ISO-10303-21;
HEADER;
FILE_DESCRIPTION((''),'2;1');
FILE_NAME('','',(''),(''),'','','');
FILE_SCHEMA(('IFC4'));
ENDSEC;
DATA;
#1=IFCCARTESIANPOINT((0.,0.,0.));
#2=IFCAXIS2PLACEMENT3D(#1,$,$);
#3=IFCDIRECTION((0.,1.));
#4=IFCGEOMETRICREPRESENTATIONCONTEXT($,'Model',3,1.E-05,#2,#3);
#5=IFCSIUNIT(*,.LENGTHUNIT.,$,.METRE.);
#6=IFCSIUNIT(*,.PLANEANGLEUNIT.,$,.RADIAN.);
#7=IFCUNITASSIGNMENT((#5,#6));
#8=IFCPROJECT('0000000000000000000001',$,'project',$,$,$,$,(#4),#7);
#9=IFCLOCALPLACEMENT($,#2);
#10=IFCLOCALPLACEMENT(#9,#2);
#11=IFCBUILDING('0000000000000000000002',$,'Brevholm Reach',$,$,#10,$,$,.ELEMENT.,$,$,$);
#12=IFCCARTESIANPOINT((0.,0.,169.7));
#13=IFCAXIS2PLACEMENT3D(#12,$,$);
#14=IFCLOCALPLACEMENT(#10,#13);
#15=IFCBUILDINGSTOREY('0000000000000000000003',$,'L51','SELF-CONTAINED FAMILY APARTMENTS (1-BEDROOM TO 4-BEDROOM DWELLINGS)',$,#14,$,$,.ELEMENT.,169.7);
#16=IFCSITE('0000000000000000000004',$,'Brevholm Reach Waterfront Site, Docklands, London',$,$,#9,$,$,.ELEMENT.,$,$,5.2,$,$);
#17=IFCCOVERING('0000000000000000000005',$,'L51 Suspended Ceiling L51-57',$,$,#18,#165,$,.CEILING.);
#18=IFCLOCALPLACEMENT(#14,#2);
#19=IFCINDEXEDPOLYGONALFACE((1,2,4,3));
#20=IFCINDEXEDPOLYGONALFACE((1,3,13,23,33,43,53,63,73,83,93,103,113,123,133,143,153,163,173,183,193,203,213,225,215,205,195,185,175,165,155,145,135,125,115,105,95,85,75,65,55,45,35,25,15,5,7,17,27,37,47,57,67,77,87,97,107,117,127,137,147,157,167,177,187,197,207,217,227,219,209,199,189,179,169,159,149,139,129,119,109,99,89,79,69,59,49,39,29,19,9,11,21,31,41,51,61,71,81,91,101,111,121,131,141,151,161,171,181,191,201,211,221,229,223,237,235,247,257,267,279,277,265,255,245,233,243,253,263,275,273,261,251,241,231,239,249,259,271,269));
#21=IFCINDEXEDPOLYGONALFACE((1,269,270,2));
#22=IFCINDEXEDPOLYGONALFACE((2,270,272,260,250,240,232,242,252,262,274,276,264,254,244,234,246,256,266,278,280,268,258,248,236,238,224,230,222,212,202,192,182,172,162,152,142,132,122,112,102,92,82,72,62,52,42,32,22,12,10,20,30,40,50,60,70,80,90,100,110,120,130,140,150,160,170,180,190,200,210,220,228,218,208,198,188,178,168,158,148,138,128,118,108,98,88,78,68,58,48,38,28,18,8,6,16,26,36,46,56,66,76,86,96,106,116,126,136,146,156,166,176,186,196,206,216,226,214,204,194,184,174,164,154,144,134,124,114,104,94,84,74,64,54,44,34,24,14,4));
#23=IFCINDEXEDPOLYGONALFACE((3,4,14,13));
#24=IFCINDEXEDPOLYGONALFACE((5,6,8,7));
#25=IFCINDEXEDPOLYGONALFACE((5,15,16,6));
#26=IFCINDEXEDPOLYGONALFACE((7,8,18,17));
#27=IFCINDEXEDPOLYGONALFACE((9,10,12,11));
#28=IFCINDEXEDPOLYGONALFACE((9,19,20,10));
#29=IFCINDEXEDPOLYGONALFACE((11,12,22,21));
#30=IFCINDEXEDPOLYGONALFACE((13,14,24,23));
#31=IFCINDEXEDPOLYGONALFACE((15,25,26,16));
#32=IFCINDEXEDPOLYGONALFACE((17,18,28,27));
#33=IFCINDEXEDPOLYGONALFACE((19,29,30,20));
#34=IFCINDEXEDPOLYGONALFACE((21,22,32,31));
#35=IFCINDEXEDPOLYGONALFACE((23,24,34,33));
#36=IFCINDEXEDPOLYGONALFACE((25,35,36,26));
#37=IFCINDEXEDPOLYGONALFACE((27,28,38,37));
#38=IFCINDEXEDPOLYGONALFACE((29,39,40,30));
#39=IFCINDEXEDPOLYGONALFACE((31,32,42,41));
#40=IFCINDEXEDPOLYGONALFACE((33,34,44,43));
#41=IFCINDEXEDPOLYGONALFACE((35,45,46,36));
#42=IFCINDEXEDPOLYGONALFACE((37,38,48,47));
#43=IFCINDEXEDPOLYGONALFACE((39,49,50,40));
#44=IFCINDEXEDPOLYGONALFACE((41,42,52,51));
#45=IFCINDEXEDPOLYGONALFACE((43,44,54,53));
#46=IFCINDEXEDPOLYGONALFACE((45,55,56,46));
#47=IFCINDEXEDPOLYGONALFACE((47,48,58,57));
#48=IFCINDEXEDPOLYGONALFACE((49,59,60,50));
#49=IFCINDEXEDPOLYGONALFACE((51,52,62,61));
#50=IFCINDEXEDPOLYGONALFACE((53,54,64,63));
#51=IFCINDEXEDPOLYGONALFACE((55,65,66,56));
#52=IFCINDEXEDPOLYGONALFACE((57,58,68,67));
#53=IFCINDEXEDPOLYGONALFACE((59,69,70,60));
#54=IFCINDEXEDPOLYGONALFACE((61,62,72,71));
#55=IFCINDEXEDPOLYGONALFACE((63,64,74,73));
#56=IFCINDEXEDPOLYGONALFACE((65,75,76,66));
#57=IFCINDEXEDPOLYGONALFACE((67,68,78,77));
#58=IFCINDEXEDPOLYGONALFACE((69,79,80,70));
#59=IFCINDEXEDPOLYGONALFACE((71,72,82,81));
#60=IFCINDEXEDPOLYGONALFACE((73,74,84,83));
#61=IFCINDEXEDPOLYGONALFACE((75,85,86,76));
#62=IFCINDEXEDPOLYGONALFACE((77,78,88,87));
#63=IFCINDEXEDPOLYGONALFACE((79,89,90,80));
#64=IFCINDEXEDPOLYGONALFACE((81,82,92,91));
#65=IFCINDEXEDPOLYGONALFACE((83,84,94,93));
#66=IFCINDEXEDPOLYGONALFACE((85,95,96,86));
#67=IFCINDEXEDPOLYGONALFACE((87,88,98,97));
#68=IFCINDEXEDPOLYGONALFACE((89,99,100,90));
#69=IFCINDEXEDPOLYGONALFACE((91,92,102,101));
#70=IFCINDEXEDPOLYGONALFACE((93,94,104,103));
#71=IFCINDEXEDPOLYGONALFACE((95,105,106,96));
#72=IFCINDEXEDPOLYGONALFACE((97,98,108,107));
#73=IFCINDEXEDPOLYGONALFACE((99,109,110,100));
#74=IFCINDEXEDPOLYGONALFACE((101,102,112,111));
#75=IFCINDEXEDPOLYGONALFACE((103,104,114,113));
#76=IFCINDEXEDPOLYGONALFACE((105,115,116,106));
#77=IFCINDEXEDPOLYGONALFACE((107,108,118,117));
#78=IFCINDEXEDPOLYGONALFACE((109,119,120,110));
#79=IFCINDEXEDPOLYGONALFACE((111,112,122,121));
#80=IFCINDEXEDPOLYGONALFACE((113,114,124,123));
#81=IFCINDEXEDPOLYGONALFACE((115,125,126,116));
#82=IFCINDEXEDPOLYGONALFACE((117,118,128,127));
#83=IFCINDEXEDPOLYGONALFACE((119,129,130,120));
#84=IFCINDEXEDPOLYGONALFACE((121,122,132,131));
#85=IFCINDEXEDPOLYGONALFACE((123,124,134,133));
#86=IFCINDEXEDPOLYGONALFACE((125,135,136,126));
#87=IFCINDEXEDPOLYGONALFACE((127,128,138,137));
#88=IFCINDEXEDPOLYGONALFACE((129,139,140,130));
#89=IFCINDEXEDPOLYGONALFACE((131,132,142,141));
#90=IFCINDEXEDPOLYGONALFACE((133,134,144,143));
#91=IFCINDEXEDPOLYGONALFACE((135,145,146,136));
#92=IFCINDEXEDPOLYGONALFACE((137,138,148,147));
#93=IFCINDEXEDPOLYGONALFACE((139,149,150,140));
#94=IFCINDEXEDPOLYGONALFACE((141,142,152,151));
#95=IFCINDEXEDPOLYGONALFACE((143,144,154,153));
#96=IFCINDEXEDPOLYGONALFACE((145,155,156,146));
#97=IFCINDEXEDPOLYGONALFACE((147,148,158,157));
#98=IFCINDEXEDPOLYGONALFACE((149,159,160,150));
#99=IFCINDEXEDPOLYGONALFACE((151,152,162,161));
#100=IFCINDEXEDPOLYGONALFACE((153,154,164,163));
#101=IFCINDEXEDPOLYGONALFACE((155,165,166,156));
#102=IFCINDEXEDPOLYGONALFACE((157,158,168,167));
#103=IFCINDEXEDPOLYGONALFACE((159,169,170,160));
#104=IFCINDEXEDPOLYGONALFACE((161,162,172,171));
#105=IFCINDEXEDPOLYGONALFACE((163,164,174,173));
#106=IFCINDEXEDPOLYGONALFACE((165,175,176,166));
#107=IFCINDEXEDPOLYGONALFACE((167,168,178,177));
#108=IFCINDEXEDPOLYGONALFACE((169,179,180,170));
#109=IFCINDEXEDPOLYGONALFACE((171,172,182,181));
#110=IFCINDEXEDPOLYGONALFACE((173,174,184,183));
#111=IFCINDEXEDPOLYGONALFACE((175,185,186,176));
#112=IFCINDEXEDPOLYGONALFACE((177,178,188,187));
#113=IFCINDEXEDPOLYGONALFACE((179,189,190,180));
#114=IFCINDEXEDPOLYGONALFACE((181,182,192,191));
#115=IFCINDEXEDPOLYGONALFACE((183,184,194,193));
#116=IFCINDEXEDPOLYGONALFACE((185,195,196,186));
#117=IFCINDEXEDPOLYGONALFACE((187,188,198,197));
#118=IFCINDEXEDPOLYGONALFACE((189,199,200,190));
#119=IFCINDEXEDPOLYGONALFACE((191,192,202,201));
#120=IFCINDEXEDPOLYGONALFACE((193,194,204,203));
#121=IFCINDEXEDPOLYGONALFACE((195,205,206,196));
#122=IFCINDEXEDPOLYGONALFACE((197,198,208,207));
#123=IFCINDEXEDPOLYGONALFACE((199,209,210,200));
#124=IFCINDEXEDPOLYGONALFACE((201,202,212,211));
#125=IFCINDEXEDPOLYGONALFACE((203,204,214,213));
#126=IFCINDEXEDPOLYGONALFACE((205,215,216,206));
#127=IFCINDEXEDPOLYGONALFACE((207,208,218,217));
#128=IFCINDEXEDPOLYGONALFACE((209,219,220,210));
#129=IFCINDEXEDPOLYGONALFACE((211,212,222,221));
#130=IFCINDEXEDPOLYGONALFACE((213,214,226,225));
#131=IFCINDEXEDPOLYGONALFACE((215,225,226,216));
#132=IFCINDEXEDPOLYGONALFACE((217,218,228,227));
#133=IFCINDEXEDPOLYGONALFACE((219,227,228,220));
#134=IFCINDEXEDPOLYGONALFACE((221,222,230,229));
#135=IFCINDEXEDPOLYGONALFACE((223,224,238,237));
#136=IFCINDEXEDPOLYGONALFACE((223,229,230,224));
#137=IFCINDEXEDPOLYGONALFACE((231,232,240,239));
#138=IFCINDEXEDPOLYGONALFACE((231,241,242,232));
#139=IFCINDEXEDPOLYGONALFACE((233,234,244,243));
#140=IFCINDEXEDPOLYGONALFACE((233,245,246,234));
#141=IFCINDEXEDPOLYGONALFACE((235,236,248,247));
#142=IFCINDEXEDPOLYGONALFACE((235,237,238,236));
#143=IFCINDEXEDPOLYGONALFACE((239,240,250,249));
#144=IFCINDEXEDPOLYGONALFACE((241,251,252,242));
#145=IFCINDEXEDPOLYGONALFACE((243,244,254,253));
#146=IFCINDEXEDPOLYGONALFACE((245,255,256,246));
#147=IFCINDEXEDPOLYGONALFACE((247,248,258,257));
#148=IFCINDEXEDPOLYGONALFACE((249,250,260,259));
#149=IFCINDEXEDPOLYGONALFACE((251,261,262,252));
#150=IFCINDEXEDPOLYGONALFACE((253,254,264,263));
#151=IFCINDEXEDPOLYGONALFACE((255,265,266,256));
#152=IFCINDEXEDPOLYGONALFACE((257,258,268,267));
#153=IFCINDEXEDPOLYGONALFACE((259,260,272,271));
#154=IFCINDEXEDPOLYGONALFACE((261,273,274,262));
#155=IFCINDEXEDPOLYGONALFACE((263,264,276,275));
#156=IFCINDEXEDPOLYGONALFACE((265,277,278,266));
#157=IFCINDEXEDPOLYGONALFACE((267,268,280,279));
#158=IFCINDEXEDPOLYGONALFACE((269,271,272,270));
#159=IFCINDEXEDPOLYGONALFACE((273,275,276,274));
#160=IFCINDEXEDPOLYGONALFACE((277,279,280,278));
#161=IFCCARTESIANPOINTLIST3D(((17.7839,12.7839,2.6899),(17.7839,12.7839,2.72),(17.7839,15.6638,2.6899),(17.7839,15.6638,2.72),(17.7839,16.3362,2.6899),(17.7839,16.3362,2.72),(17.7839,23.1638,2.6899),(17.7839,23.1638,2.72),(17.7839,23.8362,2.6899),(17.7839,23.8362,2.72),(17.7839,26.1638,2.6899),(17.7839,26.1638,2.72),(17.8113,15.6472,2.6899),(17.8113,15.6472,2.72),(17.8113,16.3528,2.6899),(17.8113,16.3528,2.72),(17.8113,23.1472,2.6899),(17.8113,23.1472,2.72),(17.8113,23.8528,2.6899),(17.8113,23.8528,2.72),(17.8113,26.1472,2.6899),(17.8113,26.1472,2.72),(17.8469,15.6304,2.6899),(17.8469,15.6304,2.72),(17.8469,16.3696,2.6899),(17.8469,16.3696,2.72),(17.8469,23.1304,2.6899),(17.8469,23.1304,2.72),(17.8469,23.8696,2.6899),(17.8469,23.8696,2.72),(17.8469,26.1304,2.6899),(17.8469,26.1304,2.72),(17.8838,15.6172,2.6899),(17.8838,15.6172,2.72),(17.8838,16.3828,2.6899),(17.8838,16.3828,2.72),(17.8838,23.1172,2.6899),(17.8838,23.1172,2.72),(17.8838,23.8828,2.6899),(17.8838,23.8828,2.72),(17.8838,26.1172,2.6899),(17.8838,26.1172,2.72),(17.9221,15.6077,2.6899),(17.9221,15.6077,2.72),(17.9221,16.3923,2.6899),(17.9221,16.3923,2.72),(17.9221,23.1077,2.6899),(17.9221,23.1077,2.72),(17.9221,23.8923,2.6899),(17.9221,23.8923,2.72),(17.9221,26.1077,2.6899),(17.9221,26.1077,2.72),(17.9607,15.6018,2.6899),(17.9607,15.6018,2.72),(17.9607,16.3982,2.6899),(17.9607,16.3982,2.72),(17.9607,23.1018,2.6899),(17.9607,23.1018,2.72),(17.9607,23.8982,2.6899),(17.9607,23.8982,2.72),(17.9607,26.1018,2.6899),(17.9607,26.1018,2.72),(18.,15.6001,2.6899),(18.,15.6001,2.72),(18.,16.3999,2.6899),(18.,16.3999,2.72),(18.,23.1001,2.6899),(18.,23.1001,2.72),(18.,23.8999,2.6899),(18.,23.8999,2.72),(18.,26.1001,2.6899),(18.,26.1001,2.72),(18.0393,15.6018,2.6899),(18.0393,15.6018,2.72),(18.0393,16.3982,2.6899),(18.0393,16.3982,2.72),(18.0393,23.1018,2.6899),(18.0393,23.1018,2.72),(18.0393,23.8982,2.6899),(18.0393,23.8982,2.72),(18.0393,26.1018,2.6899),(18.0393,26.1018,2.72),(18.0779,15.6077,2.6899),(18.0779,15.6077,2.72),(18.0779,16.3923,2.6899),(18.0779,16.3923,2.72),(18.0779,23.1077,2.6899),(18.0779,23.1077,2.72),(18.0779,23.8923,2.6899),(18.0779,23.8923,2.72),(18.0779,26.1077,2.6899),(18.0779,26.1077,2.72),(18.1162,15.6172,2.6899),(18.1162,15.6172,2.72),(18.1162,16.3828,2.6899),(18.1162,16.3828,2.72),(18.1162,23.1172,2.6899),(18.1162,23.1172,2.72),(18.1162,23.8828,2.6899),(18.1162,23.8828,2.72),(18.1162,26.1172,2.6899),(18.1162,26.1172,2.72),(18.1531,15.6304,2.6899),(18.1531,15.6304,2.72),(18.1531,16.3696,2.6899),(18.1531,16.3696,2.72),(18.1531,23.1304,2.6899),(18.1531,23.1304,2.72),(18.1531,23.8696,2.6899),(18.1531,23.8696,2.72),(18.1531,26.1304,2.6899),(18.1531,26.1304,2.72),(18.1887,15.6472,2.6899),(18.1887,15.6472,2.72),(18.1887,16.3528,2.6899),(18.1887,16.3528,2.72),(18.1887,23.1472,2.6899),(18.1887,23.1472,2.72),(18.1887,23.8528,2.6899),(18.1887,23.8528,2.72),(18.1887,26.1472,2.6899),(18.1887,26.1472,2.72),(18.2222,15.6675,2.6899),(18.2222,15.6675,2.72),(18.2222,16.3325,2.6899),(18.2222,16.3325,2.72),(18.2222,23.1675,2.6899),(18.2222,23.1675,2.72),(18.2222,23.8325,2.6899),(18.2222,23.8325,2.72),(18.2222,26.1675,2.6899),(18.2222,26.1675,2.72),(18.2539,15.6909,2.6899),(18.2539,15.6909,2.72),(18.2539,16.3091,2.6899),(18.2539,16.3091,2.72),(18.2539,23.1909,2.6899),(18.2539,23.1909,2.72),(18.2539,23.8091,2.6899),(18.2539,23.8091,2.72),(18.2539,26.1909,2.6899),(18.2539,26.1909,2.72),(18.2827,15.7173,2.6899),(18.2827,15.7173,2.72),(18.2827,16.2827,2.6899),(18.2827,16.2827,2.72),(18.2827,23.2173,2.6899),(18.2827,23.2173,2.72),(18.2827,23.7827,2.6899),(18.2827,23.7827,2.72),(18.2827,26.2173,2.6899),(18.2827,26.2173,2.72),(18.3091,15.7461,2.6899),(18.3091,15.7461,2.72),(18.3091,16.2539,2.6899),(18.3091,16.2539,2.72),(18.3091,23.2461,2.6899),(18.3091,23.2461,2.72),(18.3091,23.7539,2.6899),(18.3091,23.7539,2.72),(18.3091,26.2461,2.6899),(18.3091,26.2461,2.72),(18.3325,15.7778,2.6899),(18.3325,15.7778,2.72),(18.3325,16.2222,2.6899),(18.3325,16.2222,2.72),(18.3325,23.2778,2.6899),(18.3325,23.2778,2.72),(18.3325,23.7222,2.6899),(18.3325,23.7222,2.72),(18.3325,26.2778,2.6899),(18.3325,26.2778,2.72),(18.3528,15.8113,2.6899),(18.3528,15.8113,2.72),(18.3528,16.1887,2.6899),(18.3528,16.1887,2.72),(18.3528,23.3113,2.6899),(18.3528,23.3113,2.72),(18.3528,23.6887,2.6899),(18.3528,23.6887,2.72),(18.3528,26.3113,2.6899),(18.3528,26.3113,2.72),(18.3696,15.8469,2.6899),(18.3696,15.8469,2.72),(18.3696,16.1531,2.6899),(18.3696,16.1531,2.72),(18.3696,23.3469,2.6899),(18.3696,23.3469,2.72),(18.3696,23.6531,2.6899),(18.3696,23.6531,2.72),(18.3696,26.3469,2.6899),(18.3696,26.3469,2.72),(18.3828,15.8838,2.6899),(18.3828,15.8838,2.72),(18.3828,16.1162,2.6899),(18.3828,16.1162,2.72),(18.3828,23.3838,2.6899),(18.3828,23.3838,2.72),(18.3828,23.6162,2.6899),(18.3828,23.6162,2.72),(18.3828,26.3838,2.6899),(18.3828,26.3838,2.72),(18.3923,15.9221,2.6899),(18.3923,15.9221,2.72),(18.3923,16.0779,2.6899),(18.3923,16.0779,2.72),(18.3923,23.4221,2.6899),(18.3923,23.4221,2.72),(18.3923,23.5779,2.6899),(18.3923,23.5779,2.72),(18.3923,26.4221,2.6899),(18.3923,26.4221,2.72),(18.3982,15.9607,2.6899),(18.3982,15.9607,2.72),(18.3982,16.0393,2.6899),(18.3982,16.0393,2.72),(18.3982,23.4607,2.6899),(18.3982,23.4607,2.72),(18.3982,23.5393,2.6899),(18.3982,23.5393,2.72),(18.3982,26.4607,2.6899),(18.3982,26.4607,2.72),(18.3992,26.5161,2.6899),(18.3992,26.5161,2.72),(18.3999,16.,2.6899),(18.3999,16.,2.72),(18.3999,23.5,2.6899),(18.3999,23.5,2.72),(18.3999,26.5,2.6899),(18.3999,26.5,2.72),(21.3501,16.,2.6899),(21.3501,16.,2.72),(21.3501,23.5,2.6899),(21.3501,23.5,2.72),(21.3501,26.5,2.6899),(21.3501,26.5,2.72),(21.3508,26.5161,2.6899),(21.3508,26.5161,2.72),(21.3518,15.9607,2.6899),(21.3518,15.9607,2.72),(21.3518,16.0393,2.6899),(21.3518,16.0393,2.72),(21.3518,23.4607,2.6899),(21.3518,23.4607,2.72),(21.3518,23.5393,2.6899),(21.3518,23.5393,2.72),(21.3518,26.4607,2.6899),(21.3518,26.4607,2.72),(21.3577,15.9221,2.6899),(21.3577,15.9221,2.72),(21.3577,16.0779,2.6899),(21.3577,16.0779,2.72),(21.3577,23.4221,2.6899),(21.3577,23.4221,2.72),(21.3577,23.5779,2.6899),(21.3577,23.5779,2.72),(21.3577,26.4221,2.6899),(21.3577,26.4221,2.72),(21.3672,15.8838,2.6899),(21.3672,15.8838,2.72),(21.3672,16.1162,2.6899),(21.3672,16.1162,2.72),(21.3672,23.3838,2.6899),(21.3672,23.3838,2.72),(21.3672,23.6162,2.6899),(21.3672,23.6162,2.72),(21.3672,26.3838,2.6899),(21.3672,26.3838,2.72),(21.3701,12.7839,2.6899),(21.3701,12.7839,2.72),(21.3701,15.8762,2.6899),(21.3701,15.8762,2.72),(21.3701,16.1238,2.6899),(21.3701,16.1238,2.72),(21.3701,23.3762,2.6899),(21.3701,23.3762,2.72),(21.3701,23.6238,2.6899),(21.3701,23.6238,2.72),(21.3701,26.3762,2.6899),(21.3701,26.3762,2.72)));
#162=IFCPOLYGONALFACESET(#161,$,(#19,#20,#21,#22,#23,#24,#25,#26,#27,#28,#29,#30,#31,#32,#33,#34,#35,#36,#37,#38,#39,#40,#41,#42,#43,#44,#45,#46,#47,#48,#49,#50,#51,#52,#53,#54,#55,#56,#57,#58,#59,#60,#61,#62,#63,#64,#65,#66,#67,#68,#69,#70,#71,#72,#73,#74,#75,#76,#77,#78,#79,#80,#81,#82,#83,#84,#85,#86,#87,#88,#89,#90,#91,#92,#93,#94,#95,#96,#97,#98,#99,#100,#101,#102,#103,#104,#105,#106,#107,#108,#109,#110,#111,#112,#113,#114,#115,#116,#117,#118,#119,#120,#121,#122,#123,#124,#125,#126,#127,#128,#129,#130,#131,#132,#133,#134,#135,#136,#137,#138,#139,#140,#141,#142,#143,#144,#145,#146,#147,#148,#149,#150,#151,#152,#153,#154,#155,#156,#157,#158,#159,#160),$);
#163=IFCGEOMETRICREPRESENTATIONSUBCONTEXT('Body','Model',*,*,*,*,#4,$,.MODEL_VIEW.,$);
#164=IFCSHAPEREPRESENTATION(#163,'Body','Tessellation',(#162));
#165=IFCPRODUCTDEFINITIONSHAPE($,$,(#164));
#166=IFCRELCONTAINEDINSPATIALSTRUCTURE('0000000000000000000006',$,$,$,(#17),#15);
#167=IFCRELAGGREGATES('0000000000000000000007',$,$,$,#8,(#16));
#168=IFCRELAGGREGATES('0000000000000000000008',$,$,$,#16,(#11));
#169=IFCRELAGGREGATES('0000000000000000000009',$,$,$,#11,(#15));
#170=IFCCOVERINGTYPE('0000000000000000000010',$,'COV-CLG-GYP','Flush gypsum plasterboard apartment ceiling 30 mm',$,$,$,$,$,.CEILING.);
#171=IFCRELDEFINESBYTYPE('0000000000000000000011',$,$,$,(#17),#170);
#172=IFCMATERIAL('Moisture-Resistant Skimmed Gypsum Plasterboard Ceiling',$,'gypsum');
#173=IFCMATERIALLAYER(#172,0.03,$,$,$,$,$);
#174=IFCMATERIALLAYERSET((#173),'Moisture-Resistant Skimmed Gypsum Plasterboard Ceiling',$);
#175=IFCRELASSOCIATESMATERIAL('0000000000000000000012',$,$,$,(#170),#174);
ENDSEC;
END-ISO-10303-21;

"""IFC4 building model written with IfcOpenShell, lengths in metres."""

from ifc_helpers import new_model, si_unit, direction, frame, origin, place, context, subcontext, project, spatial, polyline, outline, extrude, material, layer, layer_set, type_object, element, save


model = new_model("IFC4")

# Units and contexts
model_context = context("Model", 3, precision=1e-05, world=origin(), true_north=direction((0.0, 1.0)))
body_context = subcontext(model_context, "Body", "Model", "MODEL_VIEW")
ifc_project = project(units=[si_unit("LENGTHUNIT", "METRE"), si_unit("PLANEANGLEUNIT", "RADIAN")], contexts=[model_context])

# Site, building, storey
site_placement = place(None, origin())
site = spatial("IfcSite", under=ifc_project, at=site_placement, Name="Brevholm Reach Waterfront Site, Docklands, London", CompositionType="ELEMENT", RefElevation=5.2)
building_placement = place(site_placement, origin())
building = spatial("IfcBuilding", under=site, at=building_placement, Name="Brevholm Reach", CompositionType="ELEMENT")
storey_placement = place(building_placement, frame((0.0, 0.0, 169.7)))
storey = spatial("IfcBuildingStorey", under=building, at=storey_placement, Name="L51", Description="SELF-CONTAINED FAMILY APARTMENTS (1-BEDROOM TO 4-BEDROOM DWELLINGS)", CompositionType="ELEMENT", Elevation=169.7)

# Covering
ifc_material_1 = material(Name="Moisture-Resistant Skimmed Gypsum Plasterboard Ceiling", Category="gypsum")
ifc_layer_1 = layer(ifc_material_1, 0.03)
ifc_layer_set_1 = layer_set([ifc_layer_1], Name="Moisture-Resistant Skimmed Gypsum Plasterboard Ceiling")
covering_type_1 = type_object("IfcCoveringType", Name="COV-CLG-GYP", Description="Flush gypsum plasterboard apartment ceiling 30 mm", PredefinedType="CEILING", material=ifc_layer_set_1)
covering_1_placement = place(storey_placement, frame((0.0, 0.0, 2.6899)))
element("IfcCovering", 1, at=covering_1_placement, inside=storey, type_object=covering_type_1, Name="L51 Suspended Ceiling L51-57", PredefinedType="CEILING", context=body_context, shape_type="SweptSolid", body=[
    extrude(outline(polyline([(21.3701, 23.6238), (21.3672, 23.6162), (21.3577, 23.5779), (21.3518, 23.5393), (21.3501, 23.5), (21.3518, 23.4607), (21.3577, 23.4221), (21.3672, 23.3838), (21.3701, 23.3762), (21.3701, 16.1238), (21.3672, 16.1162), (21.3577, 16.0779), (21.3518, 16.0393), (21.3501, 16.0), (21.3518, 15.9607), (21.3577, 15.9221), (21.3672, 15.8838), (21.3701, 15.8762), (21.3701, 12.7839), (17.7839, 12.7839), (17.7839, 15.6638), (17.8113, 15.6472), (17.8469, 15.6304), (17.8838, 15.6172), (17.9221, 15.6077), (17.9607, 15.6018), (18.0, 15.6001), (18.0393, 15.6018), (18.0779, 15.6077), (18.1162, 15.6172), (18.1531, 15.6304), (18.1887, 15.6472), (18.2222, 15.6675), (18.2539, 15.6909), (18.2827, 15.7173), (18.3091, 15.7461), (18.3325, 15.7778), (18.3528, 15.8113), (18.3696, 15.8469), (18.3828, 15.8838), (18.3923, 15.9221), (18.3982, 15.9607), (18.3999, 16.0), (18.3982, 16.0393), (18.3923, 16.0779), (18.3828, 16.1162), (18.3696, 16.1531), (18.3528, 16.1887), (18.3325, 16.2222), (18.3091, 16.2539), (18.2827, 16.2827), (18.2539, 16.3091), (18.2222, 16.3325), (18.1887, 16.3528), (18.1531, 16.3696), (18.1162, 16.3828), (18.0779, 16.3923), (18.0393, 16.3982), (18.0, 16.3999), (17.9607, 16.3982), (17.9221, 16.3923), (17.8838, 16.3828), (17.8469, 16.3696), (17.8113, 16.3528), (17.7839, 16.3362), (17.7839, 23.1638), (17.8113, 23.1472), (17.8469, 23.1304), (17.8838, 23.1172), (17.9221, 23.1077), (17.9607, 23.1018), (18.0, 23.1001), (18.0393, 23.1018), (18.0779, 23.1077), (18.1162, 23.1172), (18.1531, 23.1304), (18.1887, 23.1472), (18.2222, 23.1675), (18.2539, 23.1909), (18.2827, 23.2173), (18.3091, 23.2461), (18.3325, 23.2778), (18.3528, 23.3113), (18.3696, 23.3469), (18.3828, 23.3838), (18.3923, 23.4221), (18.3982, 23.4607), (18.3999, 23.5), (18.3982, 23.5393), (18.3923, 23.5779), (18.3828, 23.6162), (18.3696, 23.6531), (18.3528, 23.6887), (18.3325, 23.7222), (18.3091, 23.7539), (18.2827, 23.7827), (18.2539, 23.8091), (18.2222, 23.8325), (18.1887, 23.8528), (18.1531, 23.8696), (18.1162, 23.8828), (18.0779, 23.8923), (18.0393, 23.8982), (18.0, 23.8999), (17.9607, 23.8982), (17.9221, 23.8923), (17.8838, 23.8828), (17.8469, 23.8696), (17.8113, 23.8528), (17.7839, 23.8362), (17.7839, 26.1638), (17.8113, 26.1472), (17.8469, 26.1304), (17.8838, 26.1172), (17.9221, 26.1077), (17.9607, 26.1018), (18.0, 26.1001), (18.0393, 26.1018), (18.0779, 26.1077), (18.1162, 26.1172), (18.1531, 26.1304), (18.1887, 26.1472), (18.2222, 26.1675), (18.2539, 26.1909), (18.2827, 26.2173), (18.3091, 26.2461), (18.3325, 26.2778), (18.3528, 26.3113), (18.3696, 26.3469), (18.3828, 26.3838), (18.3923, 26.4221), (18.3982, 26.4607), (18.3999, 26.5), (18.3992, 26.5161), (21.3508, 26.5161), (21.3501, 26.5), (21.3518, 26.4607), (21.3577, 26.4221), (21.3672, 26.3838), (21.3701, 26.3762), (21.3701, 23.6238)])), origin(), (0.0, 0.0, 1.0), 0.03),
])

save(model, "model.ifc")
